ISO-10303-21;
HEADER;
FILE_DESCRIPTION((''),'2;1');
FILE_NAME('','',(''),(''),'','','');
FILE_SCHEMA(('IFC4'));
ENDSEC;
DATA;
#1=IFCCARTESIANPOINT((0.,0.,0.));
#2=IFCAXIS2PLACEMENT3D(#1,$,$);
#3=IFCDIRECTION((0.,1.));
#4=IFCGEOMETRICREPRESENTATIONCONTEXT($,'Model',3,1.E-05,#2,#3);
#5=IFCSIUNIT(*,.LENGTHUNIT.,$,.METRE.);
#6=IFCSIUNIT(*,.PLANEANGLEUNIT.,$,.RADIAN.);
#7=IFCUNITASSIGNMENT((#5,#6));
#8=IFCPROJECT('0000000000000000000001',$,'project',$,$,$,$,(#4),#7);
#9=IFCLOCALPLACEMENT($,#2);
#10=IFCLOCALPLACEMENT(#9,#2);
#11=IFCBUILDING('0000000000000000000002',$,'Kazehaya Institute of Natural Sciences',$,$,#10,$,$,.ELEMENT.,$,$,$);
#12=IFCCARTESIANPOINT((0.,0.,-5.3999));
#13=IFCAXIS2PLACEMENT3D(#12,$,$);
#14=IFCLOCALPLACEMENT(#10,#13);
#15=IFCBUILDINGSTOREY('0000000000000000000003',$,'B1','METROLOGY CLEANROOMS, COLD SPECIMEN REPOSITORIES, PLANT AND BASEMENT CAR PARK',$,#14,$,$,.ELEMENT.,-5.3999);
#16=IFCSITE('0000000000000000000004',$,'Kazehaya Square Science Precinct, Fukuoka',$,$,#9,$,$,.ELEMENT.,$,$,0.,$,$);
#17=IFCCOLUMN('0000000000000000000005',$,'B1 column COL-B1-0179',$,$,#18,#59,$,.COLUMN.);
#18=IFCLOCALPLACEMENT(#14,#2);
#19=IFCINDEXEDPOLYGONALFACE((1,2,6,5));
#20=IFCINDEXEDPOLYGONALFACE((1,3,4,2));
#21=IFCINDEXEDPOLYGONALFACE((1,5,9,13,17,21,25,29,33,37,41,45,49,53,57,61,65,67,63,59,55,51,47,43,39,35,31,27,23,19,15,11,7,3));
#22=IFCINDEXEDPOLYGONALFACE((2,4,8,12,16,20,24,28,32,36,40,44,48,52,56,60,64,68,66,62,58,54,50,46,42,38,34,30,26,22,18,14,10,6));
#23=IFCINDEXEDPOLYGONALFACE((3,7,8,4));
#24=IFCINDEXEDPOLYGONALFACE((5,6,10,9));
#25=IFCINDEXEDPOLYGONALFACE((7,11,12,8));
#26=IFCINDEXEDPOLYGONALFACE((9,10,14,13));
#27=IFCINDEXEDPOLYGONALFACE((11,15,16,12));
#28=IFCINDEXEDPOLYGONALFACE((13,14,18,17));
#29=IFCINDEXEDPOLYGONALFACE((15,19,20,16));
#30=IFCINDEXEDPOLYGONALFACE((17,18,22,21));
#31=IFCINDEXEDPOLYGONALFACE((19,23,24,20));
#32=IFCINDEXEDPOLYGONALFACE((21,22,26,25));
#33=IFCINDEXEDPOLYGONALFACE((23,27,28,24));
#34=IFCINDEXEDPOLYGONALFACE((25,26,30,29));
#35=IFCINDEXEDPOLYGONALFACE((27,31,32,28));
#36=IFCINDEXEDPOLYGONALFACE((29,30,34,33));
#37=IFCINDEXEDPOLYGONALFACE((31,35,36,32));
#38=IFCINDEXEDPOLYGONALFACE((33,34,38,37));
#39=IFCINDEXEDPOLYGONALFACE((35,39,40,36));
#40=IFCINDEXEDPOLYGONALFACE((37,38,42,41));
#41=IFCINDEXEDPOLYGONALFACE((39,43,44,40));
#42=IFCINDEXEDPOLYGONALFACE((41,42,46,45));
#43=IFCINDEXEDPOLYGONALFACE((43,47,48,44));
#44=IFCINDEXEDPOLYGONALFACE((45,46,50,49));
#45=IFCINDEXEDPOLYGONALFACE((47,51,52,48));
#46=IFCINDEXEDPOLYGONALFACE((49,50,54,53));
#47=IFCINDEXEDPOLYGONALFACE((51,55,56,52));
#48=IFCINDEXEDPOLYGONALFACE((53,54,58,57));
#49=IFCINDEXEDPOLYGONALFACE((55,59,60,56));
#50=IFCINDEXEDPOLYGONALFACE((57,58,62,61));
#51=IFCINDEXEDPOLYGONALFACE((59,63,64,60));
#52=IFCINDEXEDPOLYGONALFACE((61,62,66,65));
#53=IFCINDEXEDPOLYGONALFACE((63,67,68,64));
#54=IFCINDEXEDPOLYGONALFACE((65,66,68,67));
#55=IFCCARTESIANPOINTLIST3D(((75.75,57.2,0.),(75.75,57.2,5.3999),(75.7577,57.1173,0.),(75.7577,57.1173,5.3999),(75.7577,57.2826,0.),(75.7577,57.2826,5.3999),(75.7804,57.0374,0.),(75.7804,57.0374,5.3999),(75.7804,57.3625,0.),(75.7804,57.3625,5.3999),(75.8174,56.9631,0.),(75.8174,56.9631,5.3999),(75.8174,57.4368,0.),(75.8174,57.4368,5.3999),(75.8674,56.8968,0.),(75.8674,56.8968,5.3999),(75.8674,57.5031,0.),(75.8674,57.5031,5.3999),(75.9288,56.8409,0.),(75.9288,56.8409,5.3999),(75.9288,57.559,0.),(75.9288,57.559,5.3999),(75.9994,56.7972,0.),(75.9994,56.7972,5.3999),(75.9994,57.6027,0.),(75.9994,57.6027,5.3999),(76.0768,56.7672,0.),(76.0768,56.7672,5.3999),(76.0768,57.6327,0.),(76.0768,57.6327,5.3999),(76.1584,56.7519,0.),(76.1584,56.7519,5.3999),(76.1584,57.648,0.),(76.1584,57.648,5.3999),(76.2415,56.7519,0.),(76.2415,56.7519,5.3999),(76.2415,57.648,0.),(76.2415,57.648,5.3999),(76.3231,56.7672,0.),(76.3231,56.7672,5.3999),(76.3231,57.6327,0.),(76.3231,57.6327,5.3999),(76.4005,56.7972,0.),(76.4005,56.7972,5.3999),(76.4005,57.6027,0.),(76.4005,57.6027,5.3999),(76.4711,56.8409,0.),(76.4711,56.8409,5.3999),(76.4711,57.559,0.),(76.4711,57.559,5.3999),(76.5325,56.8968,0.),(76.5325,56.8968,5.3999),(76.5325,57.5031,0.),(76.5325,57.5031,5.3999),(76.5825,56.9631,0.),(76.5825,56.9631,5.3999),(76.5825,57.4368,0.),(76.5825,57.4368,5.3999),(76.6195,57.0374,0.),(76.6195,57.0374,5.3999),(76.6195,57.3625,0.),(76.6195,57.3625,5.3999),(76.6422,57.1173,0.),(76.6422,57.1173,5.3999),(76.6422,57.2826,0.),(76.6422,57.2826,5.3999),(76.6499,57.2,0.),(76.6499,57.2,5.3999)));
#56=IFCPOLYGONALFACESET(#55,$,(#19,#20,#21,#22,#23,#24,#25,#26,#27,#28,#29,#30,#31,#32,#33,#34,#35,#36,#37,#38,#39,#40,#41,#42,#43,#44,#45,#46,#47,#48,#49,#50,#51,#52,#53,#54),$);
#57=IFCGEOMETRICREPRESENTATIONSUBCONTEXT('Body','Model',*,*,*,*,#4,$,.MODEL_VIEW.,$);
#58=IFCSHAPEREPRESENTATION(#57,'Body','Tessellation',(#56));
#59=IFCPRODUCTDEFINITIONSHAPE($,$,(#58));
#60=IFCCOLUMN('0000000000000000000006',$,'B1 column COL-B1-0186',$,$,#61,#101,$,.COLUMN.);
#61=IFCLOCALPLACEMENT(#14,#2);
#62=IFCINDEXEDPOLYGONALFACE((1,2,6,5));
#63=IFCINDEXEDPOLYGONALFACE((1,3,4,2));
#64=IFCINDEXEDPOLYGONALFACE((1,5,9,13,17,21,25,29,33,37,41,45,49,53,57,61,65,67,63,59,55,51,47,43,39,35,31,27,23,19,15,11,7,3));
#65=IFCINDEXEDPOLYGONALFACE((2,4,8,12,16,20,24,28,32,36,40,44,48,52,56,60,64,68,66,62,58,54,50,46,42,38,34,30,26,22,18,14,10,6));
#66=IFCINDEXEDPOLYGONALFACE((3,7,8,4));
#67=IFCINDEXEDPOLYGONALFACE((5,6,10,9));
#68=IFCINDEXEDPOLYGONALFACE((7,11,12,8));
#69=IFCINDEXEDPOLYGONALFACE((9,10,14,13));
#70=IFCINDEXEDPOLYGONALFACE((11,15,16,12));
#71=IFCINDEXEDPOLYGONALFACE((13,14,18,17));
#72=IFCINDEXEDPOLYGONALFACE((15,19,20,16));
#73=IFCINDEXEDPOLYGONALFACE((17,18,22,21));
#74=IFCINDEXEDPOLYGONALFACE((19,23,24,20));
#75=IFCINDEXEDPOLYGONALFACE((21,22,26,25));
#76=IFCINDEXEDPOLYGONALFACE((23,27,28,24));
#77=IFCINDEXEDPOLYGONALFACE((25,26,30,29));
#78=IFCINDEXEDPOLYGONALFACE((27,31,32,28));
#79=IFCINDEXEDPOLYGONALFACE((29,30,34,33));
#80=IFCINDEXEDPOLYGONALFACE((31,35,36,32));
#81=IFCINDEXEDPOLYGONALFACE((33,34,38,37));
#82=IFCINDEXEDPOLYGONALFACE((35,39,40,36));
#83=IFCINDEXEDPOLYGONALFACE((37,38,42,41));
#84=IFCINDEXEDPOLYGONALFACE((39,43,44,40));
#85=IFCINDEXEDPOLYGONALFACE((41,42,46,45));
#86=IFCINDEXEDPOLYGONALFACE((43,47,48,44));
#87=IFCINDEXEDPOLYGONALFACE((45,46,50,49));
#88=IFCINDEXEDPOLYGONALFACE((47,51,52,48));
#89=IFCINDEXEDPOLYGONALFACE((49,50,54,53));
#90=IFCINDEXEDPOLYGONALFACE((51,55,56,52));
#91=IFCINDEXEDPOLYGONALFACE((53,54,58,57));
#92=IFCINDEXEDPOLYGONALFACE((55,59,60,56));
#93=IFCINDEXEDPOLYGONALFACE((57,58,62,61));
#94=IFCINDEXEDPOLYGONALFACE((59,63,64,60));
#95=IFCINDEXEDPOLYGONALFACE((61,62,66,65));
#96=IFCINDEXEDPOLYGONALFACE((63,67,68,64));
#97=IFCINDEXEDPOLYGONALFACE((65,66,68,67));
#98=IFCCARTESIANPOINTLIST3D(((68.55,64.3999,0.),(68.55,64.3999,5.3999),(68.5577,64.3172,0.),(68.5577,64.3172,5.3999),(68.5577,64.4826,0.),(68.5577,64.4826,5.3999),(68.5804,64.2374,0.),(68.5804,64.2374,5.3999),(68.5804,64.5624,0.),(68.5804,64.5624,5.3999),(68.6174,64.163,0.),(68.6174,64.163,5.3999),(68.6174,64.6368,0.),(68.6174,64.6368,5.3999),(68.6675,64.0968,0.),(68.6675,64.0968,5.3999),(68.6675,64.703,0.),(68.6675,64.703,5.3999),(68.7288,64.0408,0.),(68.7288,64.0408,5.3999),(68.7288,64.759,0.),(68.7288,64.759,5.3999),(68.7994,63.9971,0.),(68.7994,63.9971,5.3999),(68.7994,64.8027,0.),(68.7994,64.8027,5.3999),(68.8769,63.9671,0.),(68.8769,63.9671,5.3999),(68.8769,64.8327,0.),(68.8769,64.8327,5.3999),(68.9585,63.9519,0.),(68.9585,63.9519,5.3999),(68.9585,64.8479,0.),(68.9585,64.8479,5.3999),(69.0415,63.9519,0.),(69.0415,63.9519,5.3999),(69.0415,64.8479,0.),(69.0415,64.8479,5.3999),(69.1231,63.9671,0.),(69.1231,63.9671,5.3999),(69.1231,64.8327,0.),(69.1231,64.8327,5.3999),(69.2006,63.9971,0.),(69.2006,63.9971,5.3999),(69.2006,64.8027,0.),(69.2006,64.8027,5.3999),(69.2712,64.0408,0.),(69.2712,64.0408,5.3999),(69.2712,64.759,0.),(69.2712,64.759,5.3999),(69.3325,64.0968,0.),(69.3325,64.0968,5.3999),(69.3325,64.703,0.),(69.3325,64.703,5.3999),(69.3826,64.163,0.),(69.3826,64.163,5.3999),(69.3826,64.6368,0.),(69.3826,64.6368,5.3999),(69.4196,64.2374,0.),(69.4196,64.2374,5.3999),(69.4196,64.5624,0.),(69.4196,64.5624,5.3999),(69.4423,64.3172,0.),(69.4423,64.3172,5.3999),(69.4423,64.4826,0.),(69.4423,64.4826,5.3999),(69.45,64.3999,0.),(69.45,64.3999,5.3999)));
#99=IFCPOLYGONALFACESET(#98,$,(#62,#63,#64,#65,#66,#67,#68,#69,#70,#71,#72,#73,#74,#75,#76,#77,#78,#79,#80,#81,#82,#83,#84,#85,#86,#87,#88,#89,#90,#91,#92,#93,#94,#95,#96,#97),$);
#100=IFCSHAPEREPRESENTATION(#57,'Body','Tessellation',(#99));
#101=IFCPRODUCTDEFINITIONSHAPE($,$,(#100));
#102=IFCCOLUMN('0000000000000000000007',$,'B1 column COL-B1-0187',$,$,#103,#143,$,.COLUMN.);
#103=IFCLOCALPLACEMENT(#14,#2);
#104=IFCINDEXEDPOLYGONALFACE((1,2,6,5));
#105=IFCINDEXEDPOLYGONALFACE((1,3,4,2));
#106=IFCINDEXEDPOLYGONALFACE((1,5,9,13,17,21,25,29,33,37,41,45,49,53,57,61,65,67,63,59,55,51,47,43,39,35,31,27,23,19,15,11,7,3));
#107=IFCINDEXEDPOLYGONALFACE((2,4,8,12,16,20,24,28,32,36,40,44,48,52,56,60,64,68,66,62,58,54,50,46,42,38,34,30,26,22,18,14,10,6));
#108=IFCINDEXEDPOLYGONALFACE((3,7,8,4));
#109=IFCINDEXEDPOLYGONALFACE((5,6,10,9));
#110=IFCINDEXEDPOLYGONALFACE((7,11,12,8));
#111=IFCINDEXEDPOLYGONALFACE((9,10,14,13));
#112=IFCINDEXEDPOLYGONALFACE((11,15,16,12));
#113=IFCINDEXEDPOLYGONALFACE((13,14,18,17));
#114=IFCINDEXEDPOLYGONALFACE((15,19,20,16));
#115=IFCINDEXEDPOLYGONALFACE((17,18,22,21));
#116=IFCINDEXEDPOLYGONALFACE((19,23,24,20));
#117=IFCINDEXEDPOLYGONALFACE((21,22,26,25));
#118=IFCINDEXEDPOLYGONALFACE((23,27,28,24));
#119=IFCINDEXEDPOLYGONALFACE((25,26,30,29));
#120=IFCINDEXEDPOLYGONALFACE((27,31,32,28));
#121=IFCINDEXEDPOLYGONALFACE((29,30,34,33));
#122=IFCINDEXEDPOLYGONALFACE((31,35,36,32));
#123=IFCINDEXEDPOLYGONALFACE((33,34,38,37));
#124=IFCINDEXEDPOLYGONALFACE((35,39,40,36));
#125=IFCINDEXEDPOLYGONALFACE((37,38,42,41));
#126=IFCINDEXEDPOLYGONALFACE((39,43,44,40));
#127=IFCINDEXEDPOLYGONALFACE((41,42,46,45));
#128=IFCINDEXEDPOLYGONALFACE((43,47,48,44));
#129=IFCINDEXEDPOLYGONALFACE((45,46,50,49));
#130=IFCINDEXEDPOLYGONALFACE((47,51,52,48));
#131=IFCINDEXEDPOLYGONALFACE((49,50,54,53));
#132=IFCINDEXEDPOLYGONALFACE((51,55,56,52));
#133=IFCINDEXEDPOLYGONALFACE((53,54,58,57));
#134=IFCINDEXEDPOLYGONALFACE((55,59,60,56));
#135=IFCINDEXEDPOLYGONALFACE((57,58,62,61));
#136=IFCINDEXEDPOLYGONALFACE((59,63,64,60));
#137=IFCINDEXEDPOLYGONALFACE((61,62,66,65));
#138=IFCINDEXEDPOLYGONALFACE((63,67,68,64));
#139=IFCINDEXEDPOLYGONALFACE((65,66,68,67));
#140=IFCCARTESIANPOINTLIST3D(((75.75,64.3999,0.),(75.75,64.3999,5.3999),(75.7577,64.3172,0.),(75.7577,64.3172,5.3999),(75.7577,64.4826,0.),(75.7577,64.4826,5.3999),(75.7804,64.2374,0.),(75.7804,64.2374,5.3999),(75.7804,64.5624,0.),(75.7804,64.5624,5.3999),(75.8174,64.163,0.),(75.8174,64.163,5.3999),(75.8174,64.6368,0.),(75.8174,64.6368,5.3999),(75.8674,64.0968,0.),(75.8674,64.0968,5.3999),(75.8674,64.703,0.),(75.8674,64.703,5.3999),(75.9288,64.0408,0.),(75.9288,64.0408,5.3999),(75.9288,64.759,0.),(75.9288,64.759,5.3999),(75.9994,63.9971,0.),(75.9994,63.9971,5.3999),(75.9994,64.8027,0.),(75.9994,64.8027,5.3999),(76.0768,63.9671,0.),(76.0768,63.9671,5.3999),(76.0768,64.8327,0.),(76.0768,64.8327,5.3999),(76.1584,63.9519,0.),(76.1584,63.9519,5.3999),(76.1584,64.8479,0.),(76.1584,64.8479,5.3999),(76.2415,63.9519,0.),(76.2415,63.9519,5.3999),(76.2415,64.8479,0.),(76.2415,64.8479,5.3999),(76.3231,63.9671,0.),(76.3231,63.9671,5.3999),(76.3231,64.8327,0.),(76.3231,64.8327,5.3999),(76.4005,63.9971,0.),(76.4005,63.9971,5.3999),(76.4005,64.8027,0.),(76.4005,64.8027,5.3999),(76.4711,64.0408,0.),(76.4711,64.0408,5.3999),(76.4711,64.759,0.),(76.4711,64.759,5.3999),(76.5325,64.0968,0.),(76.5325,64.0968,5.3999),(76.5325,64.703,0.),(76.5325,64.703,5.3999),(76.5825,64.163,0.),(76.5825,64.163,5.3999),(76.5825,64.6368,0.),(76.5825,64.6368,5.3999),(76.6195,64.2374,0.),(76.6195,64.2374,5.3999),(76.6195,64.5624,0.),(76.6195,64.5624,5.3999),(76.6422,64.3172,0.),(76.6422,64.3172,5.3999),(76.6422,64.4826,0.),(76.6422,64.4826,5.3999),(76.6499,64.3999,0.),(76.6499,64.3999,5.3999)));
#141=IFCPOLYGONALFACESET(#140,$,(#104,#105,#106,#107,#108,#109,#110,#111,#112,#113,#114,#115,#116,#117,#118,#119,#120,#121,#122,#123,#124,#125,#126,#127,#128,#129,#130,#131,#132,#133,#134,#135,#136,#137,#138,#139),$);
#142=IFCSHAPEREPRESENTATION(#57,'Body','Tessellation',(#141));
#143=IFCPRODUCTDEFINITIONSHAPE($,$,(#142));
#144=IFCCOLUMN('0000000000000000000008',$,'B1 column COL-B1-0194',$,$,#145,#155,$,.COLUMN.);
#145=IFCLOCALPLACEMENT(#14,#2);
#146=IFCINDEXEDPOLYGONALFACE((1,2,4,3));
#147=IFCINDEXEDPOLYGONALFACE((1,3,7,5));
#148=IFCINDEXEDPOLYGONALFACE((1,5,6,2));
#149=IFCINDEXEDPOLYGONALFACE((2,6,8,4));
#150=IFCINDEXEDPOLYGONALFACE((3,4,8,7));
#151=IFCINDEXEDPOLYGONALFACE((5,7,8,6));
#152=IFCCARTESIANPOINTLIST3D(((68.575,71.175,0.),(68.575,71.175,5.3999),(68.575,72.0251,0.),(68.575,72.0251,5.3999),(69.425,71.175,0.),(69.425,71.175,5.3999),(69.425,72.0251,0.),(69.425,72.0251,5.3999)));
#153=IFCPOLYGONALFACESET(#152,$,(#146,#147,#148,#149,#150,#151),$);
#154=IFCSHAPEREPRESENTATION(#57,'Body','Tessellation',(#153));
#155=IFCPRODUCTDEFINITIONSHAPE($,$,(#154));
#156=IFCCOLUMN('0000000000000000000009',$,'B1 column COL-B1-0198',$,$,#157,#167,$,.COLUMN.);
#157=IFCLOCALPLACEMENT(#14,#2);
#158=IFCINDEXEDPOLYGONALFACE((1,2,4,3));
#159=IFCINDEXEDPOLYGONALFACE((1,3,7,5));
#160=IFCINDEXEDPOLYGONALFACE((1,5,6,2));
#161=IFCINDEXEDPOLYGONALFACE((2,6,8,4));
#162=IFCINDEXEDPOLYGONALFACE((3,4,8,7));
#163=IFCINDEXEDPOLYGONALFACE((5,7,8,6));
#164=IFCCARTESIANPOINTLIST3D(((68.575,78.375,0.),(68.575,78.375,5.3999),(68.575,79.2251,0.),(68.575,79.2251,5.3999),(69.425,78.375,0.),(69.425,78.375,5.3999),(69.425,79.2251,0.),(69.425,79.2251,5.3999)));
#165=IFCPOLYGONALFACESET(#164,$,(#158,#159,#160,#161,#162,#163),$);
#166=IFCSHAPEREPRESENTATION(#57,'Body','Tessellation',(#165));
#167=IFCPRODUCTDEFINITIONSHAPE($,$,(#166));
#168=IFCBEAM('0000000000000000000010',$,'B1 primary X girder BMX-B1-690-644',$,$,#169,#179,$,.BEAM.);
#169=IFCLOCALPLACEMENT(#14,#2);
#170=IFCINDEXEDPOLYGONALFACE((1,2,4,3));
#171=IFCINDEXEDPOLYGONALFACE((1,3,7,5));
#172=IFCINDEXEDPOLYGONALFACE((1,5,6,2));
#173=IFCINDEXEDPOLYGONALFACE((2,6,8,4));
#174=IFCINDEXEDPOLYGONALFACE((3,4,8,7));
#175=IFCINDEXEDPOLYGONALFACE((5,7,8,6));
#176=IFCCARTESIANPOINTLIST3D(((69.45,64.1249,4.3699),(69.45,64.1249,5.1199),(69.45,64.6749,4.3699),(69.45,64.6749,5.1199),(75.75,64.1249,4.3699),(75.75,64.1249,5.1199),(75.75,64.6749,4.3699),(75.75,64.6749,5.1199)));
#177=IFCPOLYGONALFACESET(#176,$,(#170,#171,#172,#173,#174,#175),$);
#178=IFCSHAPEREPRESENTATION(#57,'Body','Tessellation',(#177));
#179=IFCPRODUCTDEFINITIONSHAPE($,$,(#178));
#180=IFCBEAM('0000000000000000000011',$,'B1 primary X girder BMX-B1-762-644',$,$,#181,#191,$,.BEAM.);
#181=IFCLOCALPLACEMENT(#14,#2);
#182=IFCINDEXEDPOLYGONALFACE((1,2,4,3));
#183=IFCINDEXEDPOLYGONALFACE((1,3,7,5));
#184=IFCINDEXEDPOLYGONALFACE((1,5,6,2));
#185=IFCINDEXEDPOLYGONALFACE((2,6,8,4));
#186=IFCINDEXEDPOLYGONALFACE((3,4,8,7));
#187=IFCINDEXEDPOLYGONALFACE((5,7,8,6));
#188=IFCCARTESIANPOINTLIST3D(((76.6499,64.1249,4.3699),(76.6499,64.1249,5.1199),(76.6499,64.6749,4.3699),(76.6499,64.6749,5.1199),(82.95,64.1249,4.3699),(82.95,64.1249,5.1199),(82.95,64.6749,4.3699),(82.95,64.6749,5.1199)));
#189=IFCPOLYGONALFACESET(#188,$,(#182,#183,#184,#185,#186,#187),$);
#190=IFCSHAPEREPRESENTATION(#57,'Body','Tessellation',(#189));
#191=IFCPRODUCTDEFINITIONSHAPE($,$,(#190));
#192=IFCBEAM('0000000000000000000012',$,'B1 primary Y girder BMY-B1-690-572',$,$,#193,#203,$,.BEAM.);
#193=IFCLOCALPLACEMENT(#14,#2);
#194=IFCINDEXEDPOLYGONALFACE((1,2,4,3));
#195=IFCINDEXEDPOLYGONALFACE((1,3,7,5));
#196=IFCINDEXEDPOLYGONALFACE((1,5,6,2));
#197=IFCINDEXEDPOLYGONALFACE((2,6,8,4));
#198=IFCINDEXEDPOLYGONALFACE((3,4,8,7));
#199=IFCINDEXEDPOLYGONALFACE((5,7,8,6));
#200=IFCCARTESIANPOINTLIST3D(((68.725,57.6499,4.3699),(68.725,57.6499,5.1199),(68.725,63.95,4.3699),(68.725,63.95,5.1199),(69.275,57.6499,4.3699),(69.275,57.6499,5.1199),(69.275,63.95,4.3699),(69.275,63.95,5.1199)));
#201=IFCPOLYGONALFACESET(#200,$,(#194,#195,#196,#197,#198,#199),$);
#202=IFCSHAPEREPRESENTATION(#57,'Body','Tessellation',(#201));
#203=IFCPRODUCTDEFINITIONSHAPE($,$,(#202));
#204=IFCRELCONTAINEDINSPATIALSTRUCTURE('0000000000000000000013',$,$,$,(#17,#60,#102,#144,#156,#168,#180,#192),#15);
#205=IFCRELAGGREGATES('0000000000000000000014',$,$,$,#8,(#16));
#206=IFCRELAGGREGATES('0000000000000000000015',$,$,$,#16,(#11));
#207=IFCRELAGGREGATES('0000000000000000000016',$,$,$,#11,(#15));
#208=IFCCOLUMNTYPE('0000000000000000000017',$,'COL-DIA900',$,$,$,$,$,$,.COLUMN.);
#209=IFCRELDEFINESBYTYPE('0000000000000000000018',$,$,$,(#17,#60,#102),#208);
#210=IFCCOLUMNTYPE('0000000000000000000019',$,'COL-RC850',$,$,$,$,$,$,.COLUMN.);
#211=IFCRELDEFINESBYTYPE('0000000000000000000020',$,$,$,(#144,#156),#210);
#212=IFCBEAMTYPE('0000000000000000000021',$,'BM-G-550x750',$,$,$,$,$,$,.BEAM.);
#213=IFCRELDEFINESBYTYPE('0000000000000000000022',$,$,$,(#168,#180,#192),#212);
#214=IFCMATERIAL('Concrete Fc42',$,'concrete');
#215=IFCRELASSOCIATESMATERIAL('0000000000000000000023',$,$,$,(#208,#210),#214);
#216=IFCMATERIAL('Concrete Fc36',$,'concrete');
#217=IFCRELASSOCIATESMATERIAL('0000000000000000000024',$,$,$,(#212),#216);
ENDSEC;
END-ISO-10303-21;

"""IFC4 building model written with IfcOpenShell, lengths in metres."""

from ifc_helpers import new_model, si_unit, direction, frame, origin, origin_2d, place, context, subcontext, project, spatial, rectangle, circle, extrude, material, material_profile, profile_set, type_object, element, save


model = new_model("IFC4")

# Units and contexts
model_context = context("Model", 3, precision=1e-05, world=origin(), true_north=direction((0.0, 1.0)))
body_context = subcontext(model_context, "Body", "Model", "MODEL_VIEW")
ifc_project = project(units=[si_unit("LENGTHUNIT", "METRE"), si_unit("PLANEANGLEUNIT", "RADIAN")], contexts=[model_context])

# Site, building, storey
site_placement = place(None, origin())
site = spatial("IfcSite", under=ifc_project, at=site_placement, Name="Kazehaya Square Science Precinct, Fukuoka", CompositionType="ELEMENT", RefElevation=0.0)
building_placement = place(site_placement, origin())
building = spatial("IfcBuilding", under=site, at=building_placement, Name="Kazehaya Institute of Natural Sciences", CompositionType="ELEMENT")
storey_placement = place(building_placement, frame((0.0, 0.0, -5.3999)))
storey = spatial("IfcBuildingStorey", under=building, at=storey_placement, Name="B1", Description="METROLOGY CLEANROOMS, COLD SPECIMEN REPOSITORIES, PLANT AND BASEMENT CAR PARK", CompositionType="ELEMENT", Elevation=-5.3999)

# Shared definitions
ifc_material_1 = material(Name="Concrete Fc36", Category="concrete")

# Columns
ifc_material_2 = material(Name="Concrete Fc42", Category="concrete")
ifc_material_profile_1 = material_profile(ifc_material_2, circle(Radius=0.45, at=origin_2d()), Name="RC-DIA900")
ifc_profile_set_1 = profile_set([ifc_material_profile_1], Name="Concrete Fc42")
column_type_1 = type_object("IfcColumnType", Name="COL-DIA900", PredefinedType="COLUMN", material=ifc_profile_set_1)
for number, where, z_axis, x_axis, name in (
    (1, (76.2, 57.2, 0.0), (0.0, 0.0, 1.0), (1.0, 0.0, 0.0), "B1 column COL-B1-0179"),
    (2, (69.0, 64.3999, 0.0), (0.0, 0.0, 1.0), (1.0, 0.0, 0.0), "B1 column COL-B1-0186"),
    (3, (76.2, 64.3999, 0.0), (0.0, 0.0, 1.0), (1.0, 0.0, 0.0), "B1 column COL-B1-0187"),
):
    element("IfcColumn", number, at=place(storey_placement, frame(where, z_axis=z_axis, x_axis=x_axis)), inside=storey, type_object=column_type_1, Name=name, PredefinedType="COLUMN", context=body_context, shape_type="SweptSolid", body=[
        extrude(circle(Radius=0.45, at=origin_2d()), origin(), (0.0, 0.0, 1.0), 5.3999),
    ])
ifc_material_profile_2 = material_profile(ifc_material_2, rectangle(XDim=0.8501, YDim=0.8501, at=origin_2d()), Name="RC-850x850")
ifc_profile_set_2 = profile_set([ifc_material_profile_2], Name="Concrete Fc42")
column_type_2 = type_object("IfcColumnType", Name="COL-RC850", PredefinedType="COLUMN", material=ifc_profile_set_2)
for number, where, z_axis, x_axis, name in (
    (4, (69.0, 71.6001, 0.0), (0.0, 0.0, 1.0), (1.0, 0.0, 0.0), "B1 column COL-B1-0194"),
    (5, (69.0, 78.8, 0.0), (0.0, 0.0, 1.0), (1.0, 0.0, 0.0), "B1 column COL-B1-0198"),
):
    element("IfcColumn", number, at=place(storey_placement, frame(where, z_axis=z_axis, x_axis=x_axis)), inside=storey, type_object=column_type_2, Name=name, PredefinedType="COLUMN", context=body_context, shape_type="SweptSolid", body=[
        extrude(rectangle(XDim=0.8501, YDim=0.8501, at=origin_2d()), origin(), (0.0, 0.0, 1.0), 5.3999),
    ])

# Beams
ifc_material_profile_3 = material_profile(ifc_material_1, rectangle(XDim=0.55, YDim=0.75, at=origin_2d()), Name="RC-550x750")
ifc_profile_set_3 = profile_set([ifc_material_profile_3], Name="Concrete Fc36")
beam_type_1 = type_object("IfcBeamType", Name="BM-G-550x750", PredefinedType="BEAM", material=ifc_profile_set_3)
for number, where, z_axis, x_axis, name in (
    (6, (69.45, 64.3999, 4.7449), (1.0, 0.0, 0.0), (0.0, 1.0, 0.0), "B1 primary X girder BMX-B1-690-644"),
    (7, (76.6499, 64.3999, 4.7449), (1.0, 0.0, 0.0), (0.0, 1.0, 0.0), "B1 primary X girder BMX-B1-762-644"),
    (8, (69.0, 57.6499, 4.7449), (0.0, 1.0, 0.0), (-1.0, 0.0, 0.0), "B1 primary Y girder BMY-B1-690-572"),
):
    element("IfcBeam", number, at=place(storey_placement, frame(where, z_axis=z_axis, x_axis=x_axis)), inside=storey, type_object=beam_type_1, Name=name, PredefinedType="BEAM", context=body_context, shape_type="SweptSolid", body=[
        extrude(rectangle(XDim=0.55, YDim=0.75, at=origin_2d()), origin(), (0.0, 0.0, 1.0), 6.3),
    ])

save(model, "model.ifc")
